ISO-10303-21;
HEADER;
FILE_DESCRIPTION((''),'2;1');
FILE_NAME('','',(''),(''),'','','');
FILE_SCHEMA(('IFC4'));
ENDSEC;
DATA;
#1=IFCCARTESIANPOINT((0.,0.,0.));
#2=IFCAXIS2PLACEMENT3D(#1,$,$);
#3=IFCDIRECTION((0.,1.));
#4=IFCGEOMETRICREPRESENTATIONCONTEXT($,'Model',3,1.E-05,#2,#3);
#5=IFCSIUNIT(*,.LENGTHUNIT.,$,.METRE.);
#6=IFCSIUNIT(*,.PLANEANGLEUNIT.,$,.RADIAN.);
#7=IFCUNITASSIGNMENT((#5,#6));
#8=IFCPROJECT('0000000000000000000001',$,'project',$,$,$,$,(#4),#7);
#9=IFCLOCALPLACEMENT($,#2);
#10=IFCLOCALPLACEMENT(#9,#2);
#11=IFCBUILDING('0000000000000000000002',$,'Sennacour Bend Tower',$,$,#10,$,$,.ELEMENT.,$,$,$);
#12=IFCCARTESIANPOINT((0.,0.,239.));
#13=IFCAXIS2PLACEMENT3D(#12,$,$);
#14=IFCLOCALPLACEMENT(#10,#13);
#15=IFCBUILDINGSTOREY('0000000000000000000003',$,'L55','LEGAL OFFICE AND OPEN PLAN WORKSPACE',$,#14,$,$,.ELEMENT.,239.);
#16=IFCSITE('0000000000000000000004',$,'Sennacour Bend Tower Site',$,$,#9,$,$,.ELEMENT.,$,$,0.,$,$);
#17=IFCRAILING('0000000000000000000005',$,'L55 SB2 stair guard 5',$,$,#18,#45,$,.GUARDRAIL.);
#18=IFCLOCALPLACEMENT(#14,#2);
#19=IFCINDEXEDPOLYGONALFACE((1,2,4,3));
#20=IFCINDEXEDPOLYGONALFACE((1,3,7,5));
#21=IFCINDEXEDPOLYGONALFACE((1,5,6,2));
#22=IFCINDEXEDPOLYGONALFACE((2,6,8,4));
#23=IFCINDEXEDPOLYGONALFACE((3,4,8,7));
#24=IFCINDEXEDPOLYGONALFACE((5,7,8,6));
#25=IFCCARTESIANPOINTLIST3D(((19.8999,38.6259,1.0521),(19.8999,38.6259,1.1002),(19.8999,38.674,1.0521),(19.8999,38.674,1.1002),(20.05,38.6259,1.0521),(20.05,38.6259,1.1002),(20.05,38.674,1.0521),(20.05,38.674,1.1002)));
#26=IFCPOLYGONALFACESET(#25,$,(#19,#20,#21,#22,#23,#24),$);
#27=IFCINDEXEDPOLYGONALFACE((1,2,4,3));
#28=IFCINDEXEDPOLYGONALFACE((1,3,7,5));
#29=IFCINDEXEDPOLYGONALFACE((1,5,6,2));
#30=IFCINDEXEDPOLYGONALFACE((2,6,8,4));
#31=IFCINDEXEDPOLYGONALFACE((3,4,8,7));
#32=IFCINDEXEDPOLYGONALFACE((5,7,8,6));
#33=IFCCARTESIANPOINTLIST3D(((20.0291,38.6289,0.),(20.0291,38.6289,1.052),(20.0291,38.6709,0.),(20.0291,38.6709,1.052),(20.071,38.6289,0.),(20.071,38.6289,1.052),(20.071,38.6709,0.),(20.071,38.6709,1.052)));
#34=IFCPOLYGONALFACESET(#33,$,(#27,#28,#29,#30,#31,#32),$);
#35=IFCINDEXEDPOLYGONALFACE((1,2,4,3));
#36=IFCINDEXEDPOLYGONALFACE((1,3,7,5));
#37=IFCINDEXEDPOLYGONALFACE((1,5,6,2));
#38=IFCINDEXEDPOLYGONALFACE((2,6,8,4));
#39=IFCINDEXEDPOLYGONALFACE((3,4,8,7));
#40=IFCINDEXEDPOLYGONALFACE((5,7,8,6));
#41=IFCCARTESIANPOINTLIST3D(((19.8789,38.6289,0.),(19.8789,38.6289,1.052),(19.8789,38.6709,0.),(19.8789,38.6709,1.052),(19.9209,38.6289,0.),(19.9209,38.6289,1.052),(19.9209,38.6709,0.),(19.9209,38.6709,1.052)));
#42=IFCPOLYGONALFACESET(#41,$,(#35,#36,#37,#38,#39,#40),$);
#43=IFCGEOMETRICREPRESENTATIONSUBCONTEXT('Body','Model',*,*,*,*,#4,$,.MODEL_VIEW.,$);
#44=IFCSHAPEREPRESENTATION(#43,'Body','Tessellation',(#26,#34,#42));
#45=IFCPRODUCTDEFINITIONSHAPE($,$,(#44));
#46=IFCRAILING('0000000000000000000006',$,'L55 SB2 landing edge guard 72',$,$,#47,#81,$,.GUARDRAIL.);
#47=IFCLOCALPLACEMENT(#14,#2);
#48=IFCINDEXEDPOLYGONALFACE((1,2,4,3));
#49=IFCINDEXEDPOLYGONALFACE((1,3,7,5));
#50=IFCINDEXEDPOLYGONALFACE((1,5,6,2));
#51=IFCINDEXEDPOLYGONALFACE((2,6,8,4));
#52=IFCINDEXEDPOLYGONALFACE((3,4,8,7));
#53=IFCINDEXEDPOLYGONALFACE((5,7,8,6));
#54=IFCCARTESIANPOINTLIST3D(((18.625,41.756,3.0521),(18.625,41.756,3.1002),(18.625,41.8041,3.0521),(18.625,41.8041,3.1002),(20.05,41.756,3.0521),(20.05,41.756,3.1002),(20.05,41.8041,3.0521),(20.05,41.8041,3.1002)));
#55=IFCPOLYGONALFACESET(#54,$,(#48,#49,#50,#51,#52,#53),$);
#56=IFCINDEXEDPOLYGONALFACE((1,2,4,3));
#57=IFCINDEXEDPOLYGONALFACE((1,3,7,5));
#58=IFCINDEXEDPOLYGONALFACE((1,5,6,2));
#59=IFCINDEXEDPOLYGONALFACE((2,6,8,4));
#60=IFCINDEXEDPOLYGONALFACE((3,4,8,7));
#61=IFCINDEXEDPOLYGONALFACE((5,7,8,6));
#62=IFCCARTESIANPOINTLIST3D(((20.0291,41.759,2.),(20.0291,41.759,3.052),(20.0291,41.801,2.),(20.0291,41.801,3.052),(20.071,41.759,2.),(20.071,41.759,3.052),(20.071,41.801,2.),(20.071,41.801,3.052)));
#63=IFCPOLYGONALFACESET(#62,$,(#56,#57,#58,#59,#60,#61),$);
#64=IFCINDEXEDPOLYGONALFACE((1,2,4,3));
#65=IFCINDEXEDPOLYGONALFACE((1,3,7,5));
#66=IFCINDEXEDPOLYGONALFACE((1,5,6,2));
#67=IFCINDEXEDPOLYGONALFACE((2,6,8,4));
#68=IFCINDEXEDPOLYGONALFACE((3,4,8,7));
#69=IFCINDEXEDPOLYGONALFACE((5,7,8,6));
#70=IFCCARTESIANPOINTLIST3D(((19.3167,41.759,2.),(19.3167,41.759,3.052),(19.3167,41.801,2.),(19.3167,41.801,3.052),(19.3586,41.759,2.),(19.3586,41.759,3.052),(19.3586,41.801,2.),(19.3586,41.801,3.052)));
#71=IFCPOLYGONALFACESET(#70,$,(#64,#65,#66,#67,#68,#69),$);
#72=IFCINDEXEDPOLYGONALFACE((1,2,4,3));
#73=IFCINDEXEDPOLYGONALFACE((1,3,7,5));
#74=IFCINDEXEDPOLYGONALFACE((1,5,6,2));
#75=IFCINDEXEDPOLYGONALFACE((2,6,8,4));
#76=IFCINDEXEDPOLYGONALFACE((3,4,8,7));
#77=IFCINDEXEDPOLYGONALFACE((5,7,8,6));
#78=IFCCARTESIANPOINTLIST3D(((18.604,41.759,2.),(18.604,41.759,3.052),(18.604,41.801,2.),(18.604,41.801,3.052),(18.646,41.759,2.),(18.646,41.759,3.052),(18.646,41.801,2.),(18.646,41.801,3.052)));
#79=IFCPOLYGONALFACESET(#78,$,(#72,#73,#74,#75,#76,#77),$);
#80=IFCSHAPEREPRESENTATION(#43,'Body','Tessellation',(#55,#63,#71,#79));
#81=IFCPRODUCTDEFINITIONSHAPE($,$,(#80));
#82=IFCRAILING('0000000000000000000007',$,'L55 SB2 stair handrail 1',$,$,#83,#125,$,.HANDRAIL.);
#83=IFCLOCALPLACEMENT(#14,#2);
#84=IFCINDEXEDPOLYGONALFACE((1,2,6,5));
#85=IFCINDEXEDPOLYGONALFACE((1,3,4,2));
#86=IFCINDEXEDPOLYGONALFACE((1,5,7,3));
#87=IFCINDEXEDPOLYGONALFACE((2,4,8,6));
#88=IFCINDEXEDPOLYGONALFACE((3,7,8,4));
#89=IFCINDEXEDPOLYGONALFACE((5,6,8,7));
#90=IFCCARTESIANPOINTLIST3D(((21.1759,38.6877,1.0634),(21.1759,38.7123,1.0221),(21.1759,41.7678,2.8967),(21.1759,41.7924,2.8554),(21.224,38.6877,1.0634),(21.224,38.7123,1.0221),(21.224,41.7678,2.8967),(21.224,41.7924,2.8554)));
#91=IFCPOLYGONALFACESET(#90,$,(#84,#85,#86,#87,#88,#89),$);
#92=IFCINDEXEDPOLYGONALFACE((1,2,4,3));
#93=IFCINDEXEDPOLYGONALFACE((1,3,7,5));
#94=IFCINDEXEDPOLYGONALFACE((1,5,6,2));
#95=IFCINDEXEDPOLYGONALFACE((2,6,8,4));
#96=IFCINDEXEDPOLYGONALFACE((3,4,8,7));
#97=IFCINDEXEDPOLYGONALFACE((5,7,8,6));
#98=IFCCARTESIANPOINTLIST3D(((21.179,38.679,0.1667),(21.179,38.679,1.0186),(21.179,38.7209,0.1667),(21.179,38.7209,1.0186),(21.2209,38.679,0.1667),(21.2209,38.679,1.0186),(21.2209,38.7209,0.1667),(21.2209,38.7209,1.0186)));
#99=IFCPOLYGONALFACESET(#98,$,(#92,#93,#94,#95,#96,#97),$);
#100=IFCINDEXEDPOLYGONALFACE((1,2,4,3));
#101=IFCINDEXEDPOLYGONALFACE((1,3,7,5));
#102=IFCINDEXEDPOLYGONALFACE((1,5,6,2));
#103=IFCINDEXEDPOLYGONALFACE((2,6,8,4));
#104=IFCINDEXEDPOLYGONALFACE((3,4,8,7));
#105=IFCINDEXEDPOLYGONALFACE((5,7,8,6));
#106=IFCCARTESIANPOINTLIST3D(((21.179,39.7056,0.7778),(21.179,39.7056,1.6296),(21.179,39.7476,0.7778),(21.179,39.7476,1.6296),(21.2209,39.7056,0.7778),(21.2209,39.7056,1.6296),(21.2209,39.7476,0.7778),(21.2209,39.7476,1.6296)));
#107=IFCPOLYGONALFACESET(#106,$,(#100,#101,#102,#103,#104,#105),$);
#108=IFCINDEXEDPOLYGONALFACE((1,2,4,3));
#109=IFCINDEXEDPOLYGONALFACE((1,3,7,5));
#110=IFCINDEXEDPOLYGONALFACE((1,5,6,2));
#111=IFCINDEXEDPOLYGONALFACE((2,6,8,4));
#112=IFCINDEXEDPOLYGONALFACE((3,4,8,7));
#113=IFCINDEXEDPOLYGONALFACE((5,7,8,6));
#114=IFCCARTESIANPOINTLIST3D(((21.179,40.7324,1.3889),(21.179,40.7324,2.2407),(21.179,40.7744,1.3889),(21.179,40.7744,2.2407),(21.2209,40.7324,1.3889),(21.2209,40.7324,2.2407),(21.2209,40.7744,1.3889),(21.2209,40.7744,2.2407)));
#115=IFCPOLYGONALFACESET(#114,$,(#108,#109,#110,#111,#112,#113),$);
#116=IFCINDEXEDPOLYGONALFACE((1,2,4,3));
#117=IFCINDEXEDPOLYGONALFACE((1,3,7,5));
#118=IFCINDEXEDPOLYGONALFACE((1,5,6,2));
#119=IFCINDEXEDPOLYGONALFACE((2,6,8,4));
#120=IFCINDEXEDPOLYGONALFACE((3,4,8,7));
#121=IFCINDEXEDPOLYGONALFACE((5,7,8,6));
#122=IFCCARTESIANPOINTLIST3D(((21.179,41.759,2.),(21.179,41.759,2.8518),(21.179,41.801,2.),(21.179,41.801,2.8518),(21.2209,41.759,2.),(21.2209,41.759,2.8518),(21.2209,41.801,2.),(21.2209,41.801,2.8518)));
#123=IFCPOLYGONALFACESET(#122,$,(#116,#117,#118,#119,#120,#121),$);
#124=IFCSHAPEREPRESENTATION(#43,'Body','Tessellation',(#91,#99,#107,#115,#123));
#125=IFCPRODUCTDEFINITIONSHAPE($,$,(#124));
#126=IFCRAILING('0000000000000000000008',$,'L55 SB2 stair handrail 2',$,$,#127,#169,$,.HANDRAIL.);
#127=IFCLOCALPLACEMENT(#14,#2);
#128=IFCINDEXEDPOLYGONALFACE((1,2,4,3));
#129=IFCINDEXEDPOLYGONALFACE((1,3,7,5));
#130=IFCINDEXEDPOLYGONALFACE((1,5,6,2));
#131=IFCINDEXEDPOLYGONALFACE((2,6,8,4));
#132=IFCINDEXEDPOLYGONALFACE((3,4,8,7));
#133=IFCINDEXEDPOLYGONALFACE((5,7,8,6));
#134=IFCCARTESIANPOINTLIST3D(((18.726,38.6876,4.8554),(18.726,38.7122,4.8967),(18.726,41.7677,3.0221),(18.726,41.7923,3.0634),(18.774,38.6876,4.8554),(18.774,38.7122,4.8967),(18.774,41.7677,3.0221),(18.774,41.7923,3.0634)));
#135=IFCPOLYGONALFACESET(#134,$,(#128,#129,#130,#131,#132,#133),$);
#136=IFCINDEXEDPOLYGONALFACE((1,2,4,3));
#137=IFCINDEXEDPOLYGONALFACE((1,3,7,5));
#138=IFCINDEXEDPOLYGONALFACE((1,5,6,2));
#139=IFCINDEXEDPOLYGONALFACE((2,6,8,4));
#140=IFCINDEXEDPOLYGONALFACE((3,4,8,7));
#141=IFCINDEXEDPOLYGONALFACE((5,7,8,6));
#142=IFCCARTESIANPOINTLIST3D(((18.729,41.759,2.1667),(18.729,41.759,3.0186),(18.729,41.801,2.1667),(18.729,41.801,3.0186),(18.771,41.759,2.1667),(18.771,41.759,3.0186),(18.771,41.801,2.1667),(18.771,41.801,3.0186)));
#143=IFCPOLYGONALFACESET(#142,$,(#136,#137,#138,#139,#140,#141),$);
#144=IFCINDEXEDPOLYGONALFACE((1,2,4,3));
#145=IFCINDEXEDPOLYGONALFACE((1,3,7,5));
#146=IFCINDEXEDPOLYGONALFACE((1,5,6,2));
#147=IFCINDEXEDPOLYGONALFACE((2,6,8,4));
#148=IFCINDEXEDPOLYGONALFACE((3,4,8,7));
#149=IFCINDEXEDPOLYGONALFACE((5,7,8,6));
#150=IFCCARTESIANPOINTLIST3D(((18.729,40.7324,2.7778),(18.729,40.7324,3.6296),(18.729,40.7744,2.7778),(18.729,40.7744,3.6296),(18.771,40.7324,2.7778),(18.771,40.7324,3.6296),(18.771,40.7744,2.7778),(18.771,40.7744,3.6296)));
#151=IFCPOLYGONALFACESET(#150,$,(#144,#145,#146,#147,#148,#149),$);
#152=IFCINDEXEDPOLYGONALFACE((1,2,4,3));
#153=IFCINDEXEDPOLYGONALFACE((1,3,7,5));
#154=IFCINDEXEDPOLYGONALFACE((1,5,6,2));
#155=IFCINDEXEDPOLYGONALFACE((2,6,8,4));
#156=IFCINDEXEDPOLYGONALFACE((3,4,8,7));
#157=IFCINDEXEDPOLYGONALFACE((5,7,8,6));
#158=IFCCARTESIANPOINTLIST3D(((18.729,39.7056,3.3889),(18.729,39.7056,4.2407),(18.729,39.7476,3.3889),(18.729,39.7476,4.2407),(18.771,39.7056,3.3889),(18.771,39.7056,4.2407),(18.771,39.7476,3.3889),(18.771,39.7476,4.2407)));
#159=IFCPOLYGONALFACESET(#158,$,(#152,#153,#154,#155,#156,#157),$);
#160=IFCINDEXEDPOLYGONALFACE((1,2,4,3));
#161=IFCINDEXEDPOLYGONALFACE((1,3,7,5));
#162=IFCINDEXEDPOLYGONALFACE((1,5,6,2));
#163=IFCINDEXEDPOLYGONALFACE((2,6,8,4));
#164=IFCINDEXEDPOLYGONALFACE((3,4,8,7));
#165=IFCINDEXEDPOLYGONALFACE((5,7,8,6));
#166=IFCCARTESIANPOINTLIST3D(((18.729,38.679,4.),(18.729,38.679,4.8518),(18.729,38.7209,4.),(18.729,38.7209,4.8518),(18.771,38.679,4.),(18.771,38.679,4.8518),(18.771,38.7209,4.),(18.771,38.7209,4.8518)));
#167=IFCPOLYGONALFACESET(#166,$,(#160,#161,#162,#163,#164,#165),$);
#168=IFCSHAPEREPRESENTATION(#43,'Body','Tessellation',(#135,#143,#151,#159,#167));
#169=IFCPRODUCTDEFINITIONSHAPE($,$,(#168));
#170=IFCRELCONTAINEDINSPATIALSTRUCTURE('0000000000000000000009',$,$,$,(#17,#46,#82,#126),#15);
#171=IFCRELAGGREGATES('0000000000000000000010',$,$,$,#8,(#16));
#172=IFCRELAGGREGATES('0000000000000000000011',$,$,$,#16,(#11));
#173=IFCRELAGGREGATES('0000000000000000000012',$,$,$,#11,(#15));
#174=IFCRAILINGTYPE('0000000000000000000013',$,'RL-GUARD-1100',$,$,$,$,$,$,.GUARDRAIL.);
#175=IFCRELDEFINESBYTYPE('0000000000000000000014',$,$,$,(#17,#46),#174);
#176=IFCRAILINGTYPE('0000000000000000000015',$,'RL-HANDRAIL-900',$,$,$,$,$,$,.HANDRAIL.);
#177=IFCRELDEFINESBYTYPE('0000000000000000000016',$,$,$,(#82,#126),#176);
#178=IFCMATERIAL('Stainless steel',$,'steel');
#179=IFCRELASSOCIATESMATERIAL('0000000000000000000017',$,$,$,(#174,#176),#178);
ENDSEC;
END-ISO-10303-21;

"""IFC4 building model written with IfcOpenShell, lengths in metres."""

from ifc_helpers import new_model, si_unit, direction, frame, origin, origin_2d, place, context, subcontext, project, spatial, rectangle, extrude, material, type_object, element, save


model = new_model("IFC4")

# Units and contexts
model_context = context("Model", 3, precision=1e-05, world=origin(), true_north=direction((0.0, 1.0)))
body_context = subcontext(model_context, "Body", "Model", "MODEL_VIEW")
ifc_project = project(units=[si_unit("LENGTHUNIT", "METRE"), si_unit("PLANEANGLEUNIT", "RADIAN")], contexts=[model_context])

# Site, building, storey
site_placement = place(None, origin())
site = spatial("IfcSite", under=ifc_project, at=site_placement, Name="Sennacour Bend Tower Site", CompositionType="ELEMENT", RefElevation=0.0)
building_placement = place(site_placement, origin())
building = spatial("IfcBuilding", under=site, at=building_placement, Name="Sennacour Bend Tower", CompositionType="ELEMENT")
storey_placement = place(building_placement, frame((0.0, 0.0, 239.0)))
storey = spatial("IfcBuildingStorey", under=building, at=storey_placement, Name="L55", Description="LEGAL OFFICE AND OPEN PLAN WORKSPACE", CompositionType="ELEMENT", Elevation=239.0)

# Shared definitions
ifc_material_1 = material(Name="Stainless steel", Category="steel")

# Railings
railing_type_1 = type_object("IfcRailingType", Name="RL-GUARD-1100", PredefinedType="GUARDRAIL", material=ifc_material_1)
railing_1_placement = place(storey_placement, frame((20.05, 38.6499, 0.0)))
element("IfcRailing", 1, at=railing_1_placement, inside=storey, type_object=railing_type_1, Name="L55 SB2 stair guard 5", PredefinedType="GUARDRAIL", context=body_context, shape_type="SweptSolid", body=[
    extrude(rectangle(XDim=0.0481, YDim=0.0481, at=origin_2d()), frame((0.0, 0.0, 1.0762), z_axis=(-1.0, 0.0, 0.0), x_axis=(0.0, -1.0, 0.0)), (0.0, 0.0, 1.0), 0.1501),
    extrude(rectangle(XDim=0.042, YDim=0.042, at=origin_2d()), origin(), (0.0, 0.0, 1.0), 1.052),
    extrude(rectangle(XDim=0.042, YDim=0.042, at=origin_2d()), frame((-0.1501, 0.0, 0.0)), (0.0, 0.0, 1.0), 1.052),
])
railing_2_placement = place(storey_placement, frame((20.05, 41.78, 2.0)))
element("IfcRailing", 2, at=railing_2_placement, inside=storey, type_object=railing_type_1, Name="L55 SB2 landing edge guard 72", PredefinedType="GUARDRAIL", context=body_context, shape_type="SweptSolid", body=[
    extrude(rectangle(XDim=0.0481, YDim=0.0481, at=origin_2d()), frame((0.0, 0.0, 1.0762), z_axis=(-1.0, 0.0, 0.0), x_axis=(0.0, -1.0, 0.0)), (0.0, 0.0, 1.0), 1.425),
    extrude(rectangle(XDim=0.042, YDim=0.042, at=origin_2d()), origin(), (0.0, 0.0, 1.0), 1.052),
    extrude(rectangle(XDim=0.042, YDim=0.042, at=origin_2d()), frame((-0.7124, 0.0, 0.0)), (0.0, 0.0, 1.0), 1.052),
    extrude(rectangle(XDim=0.042, YDim=0.042, at=origin_2d()), frame((-1.425, 0.0, 0.0)), (0.0, 0.0, 1.0), 1.052),
])
railing_type_2 = type_object("IfcRailingType", Name="RL-HANDRAIL-900", PredefinedType="HANDRAIL", material=ifc_material_1)
railing_3_placement = place(storey_placement, frame((21.2, 38.7, 0.1667)))
element("IfcRailing", 3, at=railing_3_placement, inside=storey, type_object=railing_type_2, Name="L55 SB2 stair handrail 1", PredefinedType="HANDRAIL", context=body_context, shape_type="SweptSolid", body=[
    extrude(rectangle(XDim=0.0481, YDim=0.0481, at=origin_2d()), frame((0.0, 0.0, 0.876), z_axis=(0.0, 0.859309, 0.511458), x_axis=(-1.0, 0.0, 0.0)), (0.0, 0.0, 1.0), 3.5845),
    extrude(rectangle(XDim=0.042, YDim=0.042, at=origin_2d()), origin(), (0.0, 0.0, 1.0), 0.8518),
    extrude(rectangle(XDim=0.042, YDim=0.042, at=origin_2d()), frame((0.0, 1.0266, 0.6111)), (0.0, 0.0, 1.0), 0.8518),
    extrude(rectangle(XDim=0.042, YDim=0.042, at=origin_2d()), frame((0.0, 2.0535, 1.2222)), (0.0, 0.0, 1.0), 0.8518),
    extrude(rectangle(XDim=0.042, YDim=0.042, at=origin_2d()), frame((0.0, 3.0801, 1.8333)), (0.0, 0.0, 1.0), 0.8518),
])
railing_4_placement = place(storey_placement, frame((18.75, 41.78, 2.1667)))
element("IfcRailing", 4, at=railing_4_placement, inside=storey, type_object=railing_type_2, Name="L55 SB2 stair handrail 2", PredefinedType="HANDRAIL", context=body_context, shape_type="SweptSolid", body=[
    extrude(rectangle(XDim=0.0481, YDim=0.0481, at=origin_2d()), frame((0.0, 0.0, 0.876), z_axis=(0.0, -0.859309, 0.511458), x_axis=(1.0, 0.0, 0.0)), (0.0, 0.0, 1.0), 3.5845),
    extrude(rectangle(XDim=0.042, YDim=0.042, at=origin_2d()), origin(), (0.0, 0.0, 1.0), 0.8518),
    extrude(rectangle(XDim=0.042, YDim=0.042, at=origin_2d()), frame((0.0, -1.0266, 0.6111)), (0.0, 0.0, 1.0), 0.8518),
    extrude(rectangle(XDim=0.042, YDim=0.042, at=origin_2d()), frame((0.0, -2.0535, 1.2222)), (0.0, 0.0, 1.0), 0.8518),
    extrude(rectangle(XDim=0.042, YDim=0.042, at=origin_2d()), frame((0.0, -3.0801, 1.8333)), (0.0, 0.0, 1.0), 0.8518),
])

save(model, "model.ifc")
